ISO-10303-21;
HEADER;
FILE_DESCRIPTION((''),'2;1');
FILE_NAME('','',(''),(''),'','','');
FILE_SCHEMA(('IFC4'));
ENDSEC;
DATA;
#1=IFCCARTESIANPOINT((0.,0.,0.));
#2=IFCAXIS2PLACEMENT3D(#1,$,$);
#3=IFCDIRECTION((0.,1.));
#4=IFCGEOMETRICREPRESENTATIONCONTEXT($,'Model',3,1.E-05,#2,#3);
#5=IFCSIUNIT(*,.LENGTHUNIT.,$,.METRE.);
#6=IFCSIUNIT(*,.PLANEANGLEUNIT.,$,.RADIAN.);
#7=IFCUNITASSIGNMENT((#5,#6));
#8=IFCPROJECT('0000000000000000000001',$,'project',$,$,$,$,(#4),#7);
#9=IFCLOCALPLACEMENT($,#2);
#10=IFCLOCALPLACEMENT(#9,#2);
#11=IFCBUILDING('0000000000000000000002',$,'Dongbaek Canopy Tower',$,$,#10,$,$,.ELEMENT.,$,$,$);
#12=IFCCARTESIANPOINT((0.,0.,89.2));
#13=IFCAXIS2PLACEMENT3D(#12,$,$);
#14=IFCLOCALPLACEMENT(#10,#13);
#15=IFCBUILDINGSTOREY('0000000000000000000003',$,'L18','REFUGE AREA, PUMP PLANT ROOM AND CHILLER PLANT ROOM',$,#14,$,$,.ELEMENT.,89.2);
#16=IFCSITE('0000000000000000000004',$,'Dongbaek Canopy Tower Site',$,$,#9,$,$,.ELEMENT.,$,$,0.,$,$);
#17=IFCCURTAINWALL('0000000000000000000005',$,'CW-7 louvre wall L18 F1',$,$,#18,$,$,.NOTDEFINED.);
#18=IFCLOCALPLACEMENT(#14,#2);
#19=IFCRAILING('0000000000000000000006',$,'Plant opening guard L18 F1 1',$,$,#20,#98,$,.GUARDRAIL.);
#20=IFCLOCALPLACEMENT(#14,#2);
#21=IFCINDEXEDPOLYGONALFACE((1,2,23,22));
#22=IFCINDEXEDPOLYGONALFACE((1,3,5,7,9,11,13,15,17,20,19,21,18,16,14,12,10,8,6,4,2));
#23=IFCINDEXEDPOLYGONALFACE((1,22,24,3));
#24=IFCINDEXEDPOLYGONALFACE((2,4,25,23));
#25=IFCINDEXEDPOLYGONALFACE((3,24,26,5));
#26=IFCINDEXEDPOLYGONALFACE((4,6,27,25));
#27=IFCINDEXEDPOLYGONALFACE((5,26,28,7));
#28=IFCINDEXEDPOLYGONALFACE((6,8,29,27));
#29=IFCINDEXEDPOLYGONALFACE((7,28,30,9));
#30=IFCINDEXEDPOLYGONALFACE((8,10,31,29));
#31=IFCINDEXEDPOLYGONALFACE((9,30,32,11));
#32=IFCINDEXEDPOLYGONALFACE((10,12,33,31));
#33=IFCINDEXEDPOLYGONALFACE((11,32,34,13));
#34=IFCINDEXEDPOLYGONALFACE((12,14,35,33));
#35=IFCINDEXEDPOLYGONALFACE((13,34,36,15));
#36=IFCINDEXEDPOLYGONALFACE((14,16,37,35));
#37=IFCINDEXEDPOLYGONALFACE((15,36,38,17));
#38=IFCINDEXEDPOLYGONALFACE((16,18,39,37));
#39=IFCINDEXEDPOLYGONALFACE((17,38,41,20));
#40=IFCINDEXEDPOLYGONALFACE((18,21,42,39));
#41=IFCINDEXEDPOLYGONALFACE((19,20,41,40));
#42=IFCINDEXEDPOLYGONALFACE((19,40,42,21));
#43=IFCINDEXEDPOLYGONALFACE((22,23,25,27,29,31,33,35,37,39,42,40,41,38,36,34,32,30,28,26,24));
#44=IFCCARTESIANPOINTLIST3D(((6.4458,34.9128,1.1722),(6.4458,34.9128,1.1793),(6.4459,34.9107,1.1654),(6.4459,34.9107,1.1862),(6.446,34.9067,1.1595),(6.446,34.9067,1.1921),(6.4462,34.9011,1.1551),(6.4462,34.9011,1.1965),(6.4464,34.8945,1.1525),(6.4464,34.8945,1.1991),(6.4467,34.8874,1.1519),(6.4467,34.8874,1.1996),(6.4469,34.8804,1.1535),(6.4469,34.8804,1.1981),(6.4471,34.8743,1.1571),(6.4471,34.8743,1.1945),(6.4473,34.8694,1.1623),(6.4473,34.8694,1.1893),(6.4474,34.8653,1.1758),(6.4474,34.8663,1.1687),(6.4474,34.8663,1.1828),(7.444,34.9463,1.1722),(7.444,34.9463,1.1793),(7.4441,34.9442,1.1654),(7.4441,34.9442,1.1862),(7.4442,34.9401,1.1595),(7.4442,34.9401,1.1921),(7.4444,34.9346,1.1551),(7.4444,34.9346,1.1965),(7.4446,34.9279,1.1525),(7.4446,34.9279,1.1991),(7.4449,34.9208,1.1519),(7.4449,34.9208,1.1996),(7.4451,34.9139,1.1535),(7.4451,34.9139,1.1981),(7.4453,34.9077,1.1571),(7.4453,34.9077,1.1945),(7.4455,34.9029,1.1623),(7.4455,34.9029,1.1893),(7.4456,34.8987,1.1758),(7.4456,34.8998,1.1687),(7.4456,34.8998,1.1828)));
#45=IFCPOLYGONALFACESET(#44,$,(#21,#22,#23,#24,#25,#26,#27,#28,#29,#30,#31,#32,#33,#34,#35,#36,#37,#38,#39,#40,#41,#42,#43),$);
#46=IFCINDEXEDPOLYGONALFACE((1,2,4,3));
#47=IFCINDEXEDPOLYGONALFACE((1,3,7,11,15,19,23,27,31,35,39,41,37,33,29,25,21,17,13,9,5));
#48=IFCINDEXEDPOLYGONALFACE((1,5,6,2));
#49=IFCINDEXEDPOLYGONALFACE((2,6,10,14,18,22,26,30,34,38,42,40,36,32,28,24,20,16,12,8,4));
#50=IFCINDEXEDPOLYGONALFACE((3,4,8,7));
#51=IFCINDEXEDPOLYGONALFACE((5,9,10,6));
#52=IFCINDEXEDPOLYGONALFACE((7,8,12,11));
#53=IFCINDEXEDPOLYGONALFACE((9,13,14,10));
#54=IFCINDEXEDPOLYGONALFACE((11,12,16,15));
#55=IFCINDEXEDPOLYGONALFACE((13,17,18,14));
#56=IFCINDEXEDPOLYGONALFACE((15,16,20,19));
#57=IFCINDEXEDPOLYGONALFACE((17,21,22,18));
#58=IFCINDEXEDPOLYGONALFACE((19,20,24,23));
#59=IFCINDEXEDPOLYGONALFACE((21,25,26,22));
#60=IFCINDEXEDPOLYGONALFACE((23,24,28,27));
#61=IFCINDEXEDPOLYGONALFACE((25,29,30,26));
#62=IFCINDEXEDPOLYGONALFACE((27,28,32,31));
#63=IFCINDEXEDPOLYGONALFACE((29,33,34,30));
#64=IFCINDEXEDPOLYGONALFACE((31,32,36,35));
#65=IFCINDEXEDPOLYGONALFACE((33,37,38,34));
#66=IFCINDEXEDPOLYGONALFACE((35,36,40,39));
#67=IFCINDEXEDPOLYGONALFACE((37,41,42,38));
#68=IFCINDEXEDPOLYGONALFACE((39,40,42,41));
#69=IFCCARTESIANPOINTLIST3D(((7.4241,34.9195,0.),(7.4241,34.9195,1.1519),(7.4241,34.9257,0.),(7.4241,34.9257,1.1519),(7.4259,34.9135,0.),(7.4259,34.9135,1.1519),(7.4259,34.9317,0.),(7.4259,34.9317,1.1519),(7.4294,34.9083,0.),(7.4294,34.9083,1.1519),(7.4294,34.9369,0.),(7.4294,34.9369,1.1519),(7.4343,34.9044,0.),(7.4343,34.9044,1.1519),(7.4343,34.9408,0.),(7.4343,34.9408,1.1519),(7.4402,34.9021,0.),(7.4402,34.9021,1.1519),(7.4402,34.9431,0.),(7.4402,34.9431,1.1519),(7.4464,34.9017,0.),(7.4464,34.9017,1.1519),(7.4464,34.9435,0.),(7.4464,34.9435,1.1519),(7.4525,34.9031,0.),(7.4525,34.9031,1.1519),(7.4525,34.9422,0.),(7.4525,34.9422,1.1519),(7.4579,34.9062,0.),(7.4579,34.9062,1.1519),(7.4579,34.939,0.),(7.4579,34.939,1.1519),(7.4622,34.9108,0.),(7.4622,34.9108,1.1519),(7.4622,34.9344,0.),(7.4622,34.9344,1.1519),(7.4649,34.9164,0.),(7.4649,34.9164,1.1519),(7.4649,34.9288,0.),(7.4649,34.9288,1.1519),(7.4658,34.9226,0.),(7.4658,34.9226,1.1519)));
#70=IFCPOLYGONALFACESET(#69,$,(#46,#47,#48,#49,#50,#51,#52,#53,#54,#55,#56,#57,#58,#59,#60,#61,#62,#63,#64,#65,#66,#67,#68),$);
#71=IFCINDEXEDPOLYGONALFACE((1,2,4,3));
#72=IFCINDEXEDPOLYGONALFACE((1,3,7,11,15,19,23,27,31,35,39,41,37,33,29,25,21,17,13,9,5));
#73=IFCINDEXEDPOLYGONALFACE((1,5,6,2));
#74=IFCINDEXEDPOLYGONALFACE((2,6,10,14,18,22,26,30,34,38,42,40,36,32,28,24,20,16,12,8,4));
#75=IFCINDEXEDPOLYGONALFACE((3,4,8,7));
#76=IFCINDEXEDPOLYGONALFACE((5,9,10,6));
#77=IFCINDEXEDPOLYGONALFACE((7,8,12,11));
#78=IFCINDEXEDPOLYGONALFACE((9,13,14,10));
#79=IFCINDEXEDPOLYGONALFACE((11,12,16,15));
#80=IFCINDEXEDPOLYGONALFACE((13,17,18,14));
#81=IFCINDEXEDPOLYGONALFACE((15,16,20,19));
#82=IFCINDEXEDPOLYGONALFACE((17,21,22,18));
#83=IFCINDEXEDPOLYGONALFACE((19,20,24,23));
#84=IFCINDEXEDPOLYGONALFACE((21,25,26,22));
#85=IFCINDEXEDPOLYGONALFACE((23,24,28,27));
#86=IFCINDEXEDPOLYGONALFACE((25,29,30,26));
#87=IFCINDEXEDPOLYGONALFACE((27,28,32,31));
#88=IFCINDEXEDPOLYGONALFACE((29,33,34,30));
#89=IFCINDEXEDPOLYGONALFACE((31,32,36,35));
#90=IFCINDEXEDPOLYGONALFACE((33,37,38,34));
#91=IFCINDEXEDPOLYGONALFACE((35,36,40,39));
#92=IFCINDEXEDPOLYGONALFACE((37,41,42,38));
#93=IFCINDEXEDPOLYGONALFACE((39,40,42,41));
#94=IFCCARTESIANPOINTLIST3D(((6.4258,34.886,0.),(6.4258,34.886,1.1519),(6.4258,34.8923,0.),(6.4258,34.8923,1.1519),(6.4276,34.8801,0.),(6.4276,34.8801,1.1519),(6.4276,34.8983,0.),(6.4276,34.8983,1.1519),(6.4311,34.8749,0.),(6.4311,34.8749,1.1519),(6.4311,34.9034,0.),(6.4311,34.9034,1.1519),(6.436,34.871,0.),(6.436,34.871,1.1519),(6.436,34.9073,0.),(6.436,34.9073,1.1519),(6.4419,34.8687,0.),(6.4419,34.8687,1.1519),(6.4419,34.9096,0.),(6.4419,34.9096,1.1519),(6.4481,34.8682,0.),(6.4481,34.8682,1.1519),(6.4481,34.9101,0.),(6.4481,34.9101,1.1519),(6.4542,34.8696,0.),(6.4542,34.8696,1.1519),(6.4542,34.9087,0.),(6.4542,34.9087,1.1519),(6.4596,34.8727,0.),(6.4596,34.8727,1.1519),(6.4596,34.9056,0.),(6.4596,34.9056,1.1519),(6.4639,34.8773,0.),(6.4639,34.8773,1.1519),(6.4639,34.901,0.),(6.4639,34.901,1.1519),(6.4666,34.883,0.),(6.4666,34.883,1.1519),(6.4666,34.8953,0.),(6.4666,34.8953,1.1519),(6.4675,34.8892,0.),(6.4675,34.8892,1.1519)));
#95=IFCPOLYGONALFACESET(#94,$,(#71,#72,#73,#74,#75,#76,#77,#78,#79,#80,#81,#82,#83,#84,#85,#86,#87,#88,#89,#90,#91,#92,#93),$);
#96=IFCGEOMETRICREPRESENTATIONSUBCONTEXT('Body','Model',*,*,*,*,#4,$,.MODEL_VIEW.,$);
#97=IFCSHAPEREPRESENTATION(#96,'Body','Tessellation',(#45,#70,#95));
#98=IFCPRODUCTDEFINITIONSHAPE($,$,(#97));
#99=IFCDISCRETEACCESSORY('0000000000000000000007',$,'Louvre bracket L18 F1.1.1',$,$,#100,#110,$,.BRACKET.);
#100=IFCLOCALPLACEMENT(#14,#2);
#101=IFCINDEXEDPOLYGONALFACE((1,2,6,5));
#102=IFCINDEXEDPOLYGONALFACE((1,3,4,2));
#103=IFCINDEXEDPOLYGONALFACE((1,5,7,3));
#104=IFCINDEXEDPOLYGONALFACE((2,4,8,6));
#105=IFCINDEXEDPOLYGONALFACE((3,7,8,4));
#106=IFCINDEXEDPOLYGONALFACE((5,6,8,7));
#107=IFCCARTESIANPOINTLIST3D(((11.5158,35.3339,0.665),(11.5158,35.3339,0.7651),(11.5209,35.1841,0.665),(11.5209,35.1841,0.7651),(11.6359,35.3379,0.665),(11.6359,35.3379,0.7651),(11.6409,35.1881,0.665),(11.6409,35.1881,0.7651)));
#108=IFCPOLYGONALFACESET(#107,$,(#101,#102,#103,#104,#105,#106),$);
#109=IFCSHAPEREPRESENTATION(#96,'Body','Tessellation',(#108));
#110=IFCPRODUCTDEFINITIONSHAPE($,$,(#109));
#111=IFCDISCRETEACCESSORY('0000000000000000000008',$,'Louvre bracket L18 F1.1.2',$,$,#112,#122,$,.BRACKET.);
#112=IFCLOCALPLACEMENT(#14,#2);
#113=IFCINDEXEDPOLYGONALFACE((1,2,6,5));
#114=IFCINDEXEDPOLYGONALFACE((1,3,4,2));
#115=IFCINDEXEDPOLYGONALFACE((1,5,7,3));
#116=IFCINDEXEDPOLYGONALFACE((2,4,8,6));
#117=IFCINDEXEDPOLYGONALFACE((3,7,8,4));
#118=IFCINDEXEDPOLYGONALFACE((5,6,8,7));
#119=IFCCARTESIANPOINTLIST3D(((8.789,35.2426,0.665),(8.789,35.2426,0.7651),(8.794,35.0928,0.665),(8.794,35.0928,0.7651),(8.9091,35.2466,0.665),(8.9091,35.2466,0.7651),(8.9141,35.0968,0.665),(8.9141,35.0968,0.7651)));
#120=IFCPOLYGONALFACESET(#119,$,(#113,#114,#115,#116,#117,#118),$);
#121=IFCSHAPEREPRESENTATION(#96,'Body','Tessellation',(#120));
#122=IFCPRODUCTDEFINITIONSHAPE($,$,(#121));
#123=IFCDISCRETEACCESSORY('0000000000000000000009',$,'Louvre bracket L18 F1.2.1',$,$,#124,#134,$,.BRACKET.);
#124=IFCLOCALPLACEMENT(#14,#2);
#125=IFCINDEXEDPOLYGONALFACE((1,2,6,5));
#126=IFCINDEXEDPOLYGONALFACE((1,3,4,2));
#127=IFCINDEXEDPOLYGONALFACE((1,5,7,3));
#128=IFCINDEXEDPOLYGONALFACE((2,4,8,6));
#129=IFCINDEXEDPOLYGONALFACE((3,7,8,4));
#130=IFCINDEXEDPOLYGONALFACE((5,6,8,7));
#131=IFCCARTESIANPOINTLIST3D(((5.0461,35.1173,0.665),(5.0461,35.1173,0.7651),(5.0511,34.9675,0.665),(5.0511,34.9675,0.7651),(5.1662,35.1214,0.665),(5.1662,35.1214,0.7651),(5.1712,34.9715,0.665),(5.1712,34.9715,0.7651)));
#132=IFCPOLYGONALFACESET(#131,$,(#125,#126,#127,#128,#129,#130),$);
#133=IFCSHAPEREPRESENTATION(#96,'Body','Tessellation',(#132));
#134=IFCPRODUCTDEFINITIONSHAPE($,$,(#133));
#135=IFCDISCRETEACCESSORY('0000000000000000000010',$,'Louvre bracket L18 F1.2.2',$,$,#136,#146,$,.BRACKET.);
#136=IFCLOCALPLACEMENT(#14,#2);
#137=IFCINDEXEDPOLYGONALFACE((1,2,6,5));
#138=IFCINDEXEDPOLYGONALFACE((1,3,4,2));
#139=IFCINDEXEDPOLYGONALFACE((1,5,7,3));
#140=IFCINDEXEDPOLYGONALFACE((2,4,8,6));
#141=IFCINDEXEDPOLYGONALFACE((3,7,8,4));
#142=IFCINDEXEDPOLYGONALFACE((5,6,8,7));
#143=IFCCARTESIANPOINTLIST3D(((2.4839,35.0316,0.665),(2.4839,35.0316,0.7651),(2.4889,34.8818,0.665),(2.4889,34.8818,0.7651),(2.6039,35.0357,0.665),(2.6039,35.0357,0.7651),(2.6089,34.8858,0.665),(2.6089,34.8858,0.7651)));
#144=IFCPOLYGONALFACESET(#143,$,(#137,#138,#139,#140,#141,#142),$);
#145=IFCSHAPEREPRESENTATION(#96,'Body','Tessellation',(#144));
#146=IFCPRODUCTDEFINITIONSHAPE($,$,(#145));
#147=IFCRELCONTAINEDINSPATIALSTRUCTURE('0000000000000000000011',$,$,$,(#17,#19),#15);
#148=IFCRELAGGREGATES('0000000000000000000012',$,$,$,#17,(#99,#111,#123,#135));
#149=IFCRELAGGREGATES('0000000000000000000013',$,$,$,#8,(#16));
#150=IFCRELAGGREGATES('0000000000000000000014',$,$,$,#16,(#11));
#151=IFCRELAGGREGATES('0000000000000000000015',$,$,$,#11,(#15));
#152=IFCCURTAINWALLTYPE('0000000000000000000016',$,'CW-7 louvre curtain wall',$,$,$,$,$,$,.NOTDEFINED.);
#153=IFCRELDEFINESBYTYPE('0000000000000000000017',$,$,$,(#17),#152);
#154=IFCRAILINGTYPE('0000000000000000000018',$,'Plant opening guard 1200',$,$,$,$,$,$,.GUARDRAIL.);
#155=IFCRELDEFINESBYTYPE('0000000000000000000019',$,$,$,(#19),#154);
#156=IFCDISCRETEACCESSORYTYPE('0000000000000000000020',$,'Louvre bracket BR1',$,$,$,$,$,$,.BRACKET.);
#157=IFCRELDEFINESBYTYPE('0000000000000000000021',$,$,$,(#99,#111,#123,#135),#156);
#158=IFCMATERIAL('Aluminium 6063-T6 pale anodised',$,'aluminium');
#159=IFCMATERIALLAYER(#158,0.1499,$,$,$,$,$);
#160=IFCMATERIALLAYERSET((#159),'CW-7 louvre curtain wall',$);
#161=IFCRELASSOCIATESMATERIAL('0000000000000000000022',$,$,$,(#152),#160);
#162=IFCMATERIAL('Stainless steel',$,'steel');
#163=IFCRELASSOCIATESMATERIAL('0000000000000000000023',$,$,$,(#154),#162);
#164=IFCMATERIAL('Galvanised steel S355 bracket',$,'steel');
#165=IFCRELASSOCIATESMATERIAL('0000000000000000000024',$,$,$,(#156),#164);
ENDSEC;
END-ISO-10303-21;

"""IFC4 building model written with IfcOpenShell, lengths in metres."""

from ifc_helpers import new_model, si_unit, direction, frame, origin, origin_2d, place, context, subcontext, project, spatial, rectangle, circle, extrude, material, layer, layer_set, type_object, element, aggregate, save


model = new_model("IFC4")

# Units and contexts
model_context = context("Model", 3, precision=1e-05, world=origin(), true_north=direction((0.0, 1.0)))
body_context = subcontext(model_context, "Body", "Model", "MODEL_VIEW")
ifc_project = project(units=[si_unit("LENGTHUNIT", "METRE"), si_unit("PLANEANGLEUNIT", "RADIAN")], contexts=[model_context])

# Site, building, storey
site_placement = place(None, origin())
site = spatial("IfcSite", under=ifc_project, at=site_placement, Name="Dongbaek Canopy Tower Site", CompositionType="ELEMENT", RefElevation=0.0)
building_placement = place(site_placement, origin())
building = spatial("IfcBuilding", under=site, at=building_placement, Name="Dongbaek Canopy Tower", CompositionType="ELEMENT")
storey_placement = place(building_placement, frame((0.0, 0.0, 89.2)))
storey = spatial("IfcBuildingStorey", under=building, at=storey_placement, Name="L18", Description="REFUGE AREA, PUMP PLANT ROOM AND CHILLER PLANT ROOM", CompositionType="ELEMENT", Elevation=89.2)

# Curtain wall
ifc_material_1 = material(Name="Aluminium 6063-T6 pale anodised", Category="aluminium")
ifc_layer_1 = layer(ifc_material_1, 0.1499)
ifc_layer_set_1 = layer_set([ifc_layer_1], Name="CW-7 louvre curtain wall")
curtain_wall_type = type_object("IfcCurtainWallType", Name="CW-7 louvre curtain wall", PredefinedType="NOTDEFINED", material=ifc_layer_set_1)
curtain_wall_placement = place(storey_placement, origin())
curtain_wall = element("IfcCurtainWall", 1, at=curtain_wall_placement, inside=storey, type_object=curtain_wall_type, Name="CW-7 louvre wall L18 F1", PredefinedType="NOTDEFINED")

# Railing
ifc_material_2 = material(Name="Stainless steel", Category="steel")
railing_type = type_object("IfcRailingType", Name="Plant opening guard 1200", PredefinedType="GUARDRAIL", material=ifc_material_2)
railing_placement = place(storey_placement, frame((7.4448, 34.9226, 0.0)))
element("IfcRailing", 2, at=railing_placement, inside=storey, type_object=railing_type, Name="Plant opening guard L18 F1 1", PredefinedType="GUARDRAIL", context=body_context, shape_type="SweptSolid", body=[
    extrude(circle(Radius=0.0239, at=origin_2d()), frame((0.0, 0.0, 1.1758), z_axis=(-0.999439, -0.033486, 0.0), x_axis=(0.033486, -0.999439, 0.0)), (0.0, 0.0, 1.0), 0.9988),
    extrude(circle(Radius=0.021, at=origin_2d()), origin(), (0.0, 0.0, 1.0), 1.1519),
    extrude(circle(Radius=0.021, at=origin_2d()), frame((-0.9983, -0.0334, 0.0)), (0.0, 0.0, 1.0), 1.1519),
])

# Discrete accessories
ifc_material_3 = material(Name="Galvanised steel S355 bracket", Category="steel")
discrete_accessory_type = type_object("IfcDiscreteAccessoryType", Name="Louvre bracket BR1", PredefinedType="BRACKET", material=ifc_material_3)
discrete_accessory_1_placement = place(storey_placement, frame((11.5784, 35.261, 0.665), z_axis=(0.0, 0.0, 1.0), x_axis=(-0.999441, -0.033442, 0.0)))
discrete_accessory_1 = element("IfcDiscreteAccessory", 3, at=discrete_accessory_1_placement, type_object=discrete_accessory_type, Name="Louvre bracket L18 F1.1.1", PredefinedType="BRACKET", context=body_context, shape_type="SweptSolid", body=[
    extrude(rectangle(XDim=0.1201, YDim=0.1499, at=origin_2d()), origin(), (0.0, 0.0, 1.0), 0.1001),
])
discrete_accessory_2_placement = place(storey_placement, frame((8.8516, 35.1697, 0.665), z_axis=(0.0, 0.0, 1.0), x_axis=(-0.999441, -0.033442, 0.0)))
discrete_accessory_2 = element("IfcDiscreteAccessory", 4, at=discrete_accessory_2_placement, type_object=discrete_accessory_type, Name="Louvre bracket L18 F1.1.2", PredefinedType="BRACKET", context=body_context, shape_type="SweptSolid", body=[
    extrude(rectangle(XDim=0.1201, YDim=0.1499, at=origin_2d()), origin(), (0.0, 0.0, 1.0), 0.1001),
])
discrete_accessory_3_placement = place(storey_placement, frame((5.1086, 35.0444, 0.665), z_axis=(0.0, 0.0, 1.0), x_axis=(-0.999441, -0.033442, 0.0)))
discrete_accessory_3 = element("IfcDiscreteAccessory", 5, at=discrete_accessory_3_placement, type_object=discrete_accessory_type, Name="Louvre bracket L18 F1.2.1", PredefinedType="BRACKET", context=body_context, shape_type="SweptSolid", body=[
    extrude(rectangle(XDim=0.1201, YDim=0.1499, at=origin_2d()), origin(), (0.0, 0.0, 1.0), 0.1001),
])
discrete_accessory_4_placement = place(storey_placement, frame((2.5464, 34.9587, 0.665), z_axis=(0.0, 0.0, 1.0), x_axis=(-0.999441, -0.033442, 0.0)))
discrete_accessory_4 = element("IfcDiscreteAccessory", 6, at=discrete_accessory_4_placement, type_object=discrete_accessory_type, Name="Louvre bracket L18 F1.2.2", PredefinedType="BRACKET", context=body_context, shape_type="SweptSolid", body=[
    extrude(rectangle(XDim=0.1201, YDim=0.1499, at=origin_2d()), origin(), (0.0, 0.0, 1.0), 0.1001),
])
aggregate(curtain_wall, [discrete_accessory_1, discrete_accessory_2, discrete_accessory_3, discrete_accessory_4])

save(model, "model.ifc")
